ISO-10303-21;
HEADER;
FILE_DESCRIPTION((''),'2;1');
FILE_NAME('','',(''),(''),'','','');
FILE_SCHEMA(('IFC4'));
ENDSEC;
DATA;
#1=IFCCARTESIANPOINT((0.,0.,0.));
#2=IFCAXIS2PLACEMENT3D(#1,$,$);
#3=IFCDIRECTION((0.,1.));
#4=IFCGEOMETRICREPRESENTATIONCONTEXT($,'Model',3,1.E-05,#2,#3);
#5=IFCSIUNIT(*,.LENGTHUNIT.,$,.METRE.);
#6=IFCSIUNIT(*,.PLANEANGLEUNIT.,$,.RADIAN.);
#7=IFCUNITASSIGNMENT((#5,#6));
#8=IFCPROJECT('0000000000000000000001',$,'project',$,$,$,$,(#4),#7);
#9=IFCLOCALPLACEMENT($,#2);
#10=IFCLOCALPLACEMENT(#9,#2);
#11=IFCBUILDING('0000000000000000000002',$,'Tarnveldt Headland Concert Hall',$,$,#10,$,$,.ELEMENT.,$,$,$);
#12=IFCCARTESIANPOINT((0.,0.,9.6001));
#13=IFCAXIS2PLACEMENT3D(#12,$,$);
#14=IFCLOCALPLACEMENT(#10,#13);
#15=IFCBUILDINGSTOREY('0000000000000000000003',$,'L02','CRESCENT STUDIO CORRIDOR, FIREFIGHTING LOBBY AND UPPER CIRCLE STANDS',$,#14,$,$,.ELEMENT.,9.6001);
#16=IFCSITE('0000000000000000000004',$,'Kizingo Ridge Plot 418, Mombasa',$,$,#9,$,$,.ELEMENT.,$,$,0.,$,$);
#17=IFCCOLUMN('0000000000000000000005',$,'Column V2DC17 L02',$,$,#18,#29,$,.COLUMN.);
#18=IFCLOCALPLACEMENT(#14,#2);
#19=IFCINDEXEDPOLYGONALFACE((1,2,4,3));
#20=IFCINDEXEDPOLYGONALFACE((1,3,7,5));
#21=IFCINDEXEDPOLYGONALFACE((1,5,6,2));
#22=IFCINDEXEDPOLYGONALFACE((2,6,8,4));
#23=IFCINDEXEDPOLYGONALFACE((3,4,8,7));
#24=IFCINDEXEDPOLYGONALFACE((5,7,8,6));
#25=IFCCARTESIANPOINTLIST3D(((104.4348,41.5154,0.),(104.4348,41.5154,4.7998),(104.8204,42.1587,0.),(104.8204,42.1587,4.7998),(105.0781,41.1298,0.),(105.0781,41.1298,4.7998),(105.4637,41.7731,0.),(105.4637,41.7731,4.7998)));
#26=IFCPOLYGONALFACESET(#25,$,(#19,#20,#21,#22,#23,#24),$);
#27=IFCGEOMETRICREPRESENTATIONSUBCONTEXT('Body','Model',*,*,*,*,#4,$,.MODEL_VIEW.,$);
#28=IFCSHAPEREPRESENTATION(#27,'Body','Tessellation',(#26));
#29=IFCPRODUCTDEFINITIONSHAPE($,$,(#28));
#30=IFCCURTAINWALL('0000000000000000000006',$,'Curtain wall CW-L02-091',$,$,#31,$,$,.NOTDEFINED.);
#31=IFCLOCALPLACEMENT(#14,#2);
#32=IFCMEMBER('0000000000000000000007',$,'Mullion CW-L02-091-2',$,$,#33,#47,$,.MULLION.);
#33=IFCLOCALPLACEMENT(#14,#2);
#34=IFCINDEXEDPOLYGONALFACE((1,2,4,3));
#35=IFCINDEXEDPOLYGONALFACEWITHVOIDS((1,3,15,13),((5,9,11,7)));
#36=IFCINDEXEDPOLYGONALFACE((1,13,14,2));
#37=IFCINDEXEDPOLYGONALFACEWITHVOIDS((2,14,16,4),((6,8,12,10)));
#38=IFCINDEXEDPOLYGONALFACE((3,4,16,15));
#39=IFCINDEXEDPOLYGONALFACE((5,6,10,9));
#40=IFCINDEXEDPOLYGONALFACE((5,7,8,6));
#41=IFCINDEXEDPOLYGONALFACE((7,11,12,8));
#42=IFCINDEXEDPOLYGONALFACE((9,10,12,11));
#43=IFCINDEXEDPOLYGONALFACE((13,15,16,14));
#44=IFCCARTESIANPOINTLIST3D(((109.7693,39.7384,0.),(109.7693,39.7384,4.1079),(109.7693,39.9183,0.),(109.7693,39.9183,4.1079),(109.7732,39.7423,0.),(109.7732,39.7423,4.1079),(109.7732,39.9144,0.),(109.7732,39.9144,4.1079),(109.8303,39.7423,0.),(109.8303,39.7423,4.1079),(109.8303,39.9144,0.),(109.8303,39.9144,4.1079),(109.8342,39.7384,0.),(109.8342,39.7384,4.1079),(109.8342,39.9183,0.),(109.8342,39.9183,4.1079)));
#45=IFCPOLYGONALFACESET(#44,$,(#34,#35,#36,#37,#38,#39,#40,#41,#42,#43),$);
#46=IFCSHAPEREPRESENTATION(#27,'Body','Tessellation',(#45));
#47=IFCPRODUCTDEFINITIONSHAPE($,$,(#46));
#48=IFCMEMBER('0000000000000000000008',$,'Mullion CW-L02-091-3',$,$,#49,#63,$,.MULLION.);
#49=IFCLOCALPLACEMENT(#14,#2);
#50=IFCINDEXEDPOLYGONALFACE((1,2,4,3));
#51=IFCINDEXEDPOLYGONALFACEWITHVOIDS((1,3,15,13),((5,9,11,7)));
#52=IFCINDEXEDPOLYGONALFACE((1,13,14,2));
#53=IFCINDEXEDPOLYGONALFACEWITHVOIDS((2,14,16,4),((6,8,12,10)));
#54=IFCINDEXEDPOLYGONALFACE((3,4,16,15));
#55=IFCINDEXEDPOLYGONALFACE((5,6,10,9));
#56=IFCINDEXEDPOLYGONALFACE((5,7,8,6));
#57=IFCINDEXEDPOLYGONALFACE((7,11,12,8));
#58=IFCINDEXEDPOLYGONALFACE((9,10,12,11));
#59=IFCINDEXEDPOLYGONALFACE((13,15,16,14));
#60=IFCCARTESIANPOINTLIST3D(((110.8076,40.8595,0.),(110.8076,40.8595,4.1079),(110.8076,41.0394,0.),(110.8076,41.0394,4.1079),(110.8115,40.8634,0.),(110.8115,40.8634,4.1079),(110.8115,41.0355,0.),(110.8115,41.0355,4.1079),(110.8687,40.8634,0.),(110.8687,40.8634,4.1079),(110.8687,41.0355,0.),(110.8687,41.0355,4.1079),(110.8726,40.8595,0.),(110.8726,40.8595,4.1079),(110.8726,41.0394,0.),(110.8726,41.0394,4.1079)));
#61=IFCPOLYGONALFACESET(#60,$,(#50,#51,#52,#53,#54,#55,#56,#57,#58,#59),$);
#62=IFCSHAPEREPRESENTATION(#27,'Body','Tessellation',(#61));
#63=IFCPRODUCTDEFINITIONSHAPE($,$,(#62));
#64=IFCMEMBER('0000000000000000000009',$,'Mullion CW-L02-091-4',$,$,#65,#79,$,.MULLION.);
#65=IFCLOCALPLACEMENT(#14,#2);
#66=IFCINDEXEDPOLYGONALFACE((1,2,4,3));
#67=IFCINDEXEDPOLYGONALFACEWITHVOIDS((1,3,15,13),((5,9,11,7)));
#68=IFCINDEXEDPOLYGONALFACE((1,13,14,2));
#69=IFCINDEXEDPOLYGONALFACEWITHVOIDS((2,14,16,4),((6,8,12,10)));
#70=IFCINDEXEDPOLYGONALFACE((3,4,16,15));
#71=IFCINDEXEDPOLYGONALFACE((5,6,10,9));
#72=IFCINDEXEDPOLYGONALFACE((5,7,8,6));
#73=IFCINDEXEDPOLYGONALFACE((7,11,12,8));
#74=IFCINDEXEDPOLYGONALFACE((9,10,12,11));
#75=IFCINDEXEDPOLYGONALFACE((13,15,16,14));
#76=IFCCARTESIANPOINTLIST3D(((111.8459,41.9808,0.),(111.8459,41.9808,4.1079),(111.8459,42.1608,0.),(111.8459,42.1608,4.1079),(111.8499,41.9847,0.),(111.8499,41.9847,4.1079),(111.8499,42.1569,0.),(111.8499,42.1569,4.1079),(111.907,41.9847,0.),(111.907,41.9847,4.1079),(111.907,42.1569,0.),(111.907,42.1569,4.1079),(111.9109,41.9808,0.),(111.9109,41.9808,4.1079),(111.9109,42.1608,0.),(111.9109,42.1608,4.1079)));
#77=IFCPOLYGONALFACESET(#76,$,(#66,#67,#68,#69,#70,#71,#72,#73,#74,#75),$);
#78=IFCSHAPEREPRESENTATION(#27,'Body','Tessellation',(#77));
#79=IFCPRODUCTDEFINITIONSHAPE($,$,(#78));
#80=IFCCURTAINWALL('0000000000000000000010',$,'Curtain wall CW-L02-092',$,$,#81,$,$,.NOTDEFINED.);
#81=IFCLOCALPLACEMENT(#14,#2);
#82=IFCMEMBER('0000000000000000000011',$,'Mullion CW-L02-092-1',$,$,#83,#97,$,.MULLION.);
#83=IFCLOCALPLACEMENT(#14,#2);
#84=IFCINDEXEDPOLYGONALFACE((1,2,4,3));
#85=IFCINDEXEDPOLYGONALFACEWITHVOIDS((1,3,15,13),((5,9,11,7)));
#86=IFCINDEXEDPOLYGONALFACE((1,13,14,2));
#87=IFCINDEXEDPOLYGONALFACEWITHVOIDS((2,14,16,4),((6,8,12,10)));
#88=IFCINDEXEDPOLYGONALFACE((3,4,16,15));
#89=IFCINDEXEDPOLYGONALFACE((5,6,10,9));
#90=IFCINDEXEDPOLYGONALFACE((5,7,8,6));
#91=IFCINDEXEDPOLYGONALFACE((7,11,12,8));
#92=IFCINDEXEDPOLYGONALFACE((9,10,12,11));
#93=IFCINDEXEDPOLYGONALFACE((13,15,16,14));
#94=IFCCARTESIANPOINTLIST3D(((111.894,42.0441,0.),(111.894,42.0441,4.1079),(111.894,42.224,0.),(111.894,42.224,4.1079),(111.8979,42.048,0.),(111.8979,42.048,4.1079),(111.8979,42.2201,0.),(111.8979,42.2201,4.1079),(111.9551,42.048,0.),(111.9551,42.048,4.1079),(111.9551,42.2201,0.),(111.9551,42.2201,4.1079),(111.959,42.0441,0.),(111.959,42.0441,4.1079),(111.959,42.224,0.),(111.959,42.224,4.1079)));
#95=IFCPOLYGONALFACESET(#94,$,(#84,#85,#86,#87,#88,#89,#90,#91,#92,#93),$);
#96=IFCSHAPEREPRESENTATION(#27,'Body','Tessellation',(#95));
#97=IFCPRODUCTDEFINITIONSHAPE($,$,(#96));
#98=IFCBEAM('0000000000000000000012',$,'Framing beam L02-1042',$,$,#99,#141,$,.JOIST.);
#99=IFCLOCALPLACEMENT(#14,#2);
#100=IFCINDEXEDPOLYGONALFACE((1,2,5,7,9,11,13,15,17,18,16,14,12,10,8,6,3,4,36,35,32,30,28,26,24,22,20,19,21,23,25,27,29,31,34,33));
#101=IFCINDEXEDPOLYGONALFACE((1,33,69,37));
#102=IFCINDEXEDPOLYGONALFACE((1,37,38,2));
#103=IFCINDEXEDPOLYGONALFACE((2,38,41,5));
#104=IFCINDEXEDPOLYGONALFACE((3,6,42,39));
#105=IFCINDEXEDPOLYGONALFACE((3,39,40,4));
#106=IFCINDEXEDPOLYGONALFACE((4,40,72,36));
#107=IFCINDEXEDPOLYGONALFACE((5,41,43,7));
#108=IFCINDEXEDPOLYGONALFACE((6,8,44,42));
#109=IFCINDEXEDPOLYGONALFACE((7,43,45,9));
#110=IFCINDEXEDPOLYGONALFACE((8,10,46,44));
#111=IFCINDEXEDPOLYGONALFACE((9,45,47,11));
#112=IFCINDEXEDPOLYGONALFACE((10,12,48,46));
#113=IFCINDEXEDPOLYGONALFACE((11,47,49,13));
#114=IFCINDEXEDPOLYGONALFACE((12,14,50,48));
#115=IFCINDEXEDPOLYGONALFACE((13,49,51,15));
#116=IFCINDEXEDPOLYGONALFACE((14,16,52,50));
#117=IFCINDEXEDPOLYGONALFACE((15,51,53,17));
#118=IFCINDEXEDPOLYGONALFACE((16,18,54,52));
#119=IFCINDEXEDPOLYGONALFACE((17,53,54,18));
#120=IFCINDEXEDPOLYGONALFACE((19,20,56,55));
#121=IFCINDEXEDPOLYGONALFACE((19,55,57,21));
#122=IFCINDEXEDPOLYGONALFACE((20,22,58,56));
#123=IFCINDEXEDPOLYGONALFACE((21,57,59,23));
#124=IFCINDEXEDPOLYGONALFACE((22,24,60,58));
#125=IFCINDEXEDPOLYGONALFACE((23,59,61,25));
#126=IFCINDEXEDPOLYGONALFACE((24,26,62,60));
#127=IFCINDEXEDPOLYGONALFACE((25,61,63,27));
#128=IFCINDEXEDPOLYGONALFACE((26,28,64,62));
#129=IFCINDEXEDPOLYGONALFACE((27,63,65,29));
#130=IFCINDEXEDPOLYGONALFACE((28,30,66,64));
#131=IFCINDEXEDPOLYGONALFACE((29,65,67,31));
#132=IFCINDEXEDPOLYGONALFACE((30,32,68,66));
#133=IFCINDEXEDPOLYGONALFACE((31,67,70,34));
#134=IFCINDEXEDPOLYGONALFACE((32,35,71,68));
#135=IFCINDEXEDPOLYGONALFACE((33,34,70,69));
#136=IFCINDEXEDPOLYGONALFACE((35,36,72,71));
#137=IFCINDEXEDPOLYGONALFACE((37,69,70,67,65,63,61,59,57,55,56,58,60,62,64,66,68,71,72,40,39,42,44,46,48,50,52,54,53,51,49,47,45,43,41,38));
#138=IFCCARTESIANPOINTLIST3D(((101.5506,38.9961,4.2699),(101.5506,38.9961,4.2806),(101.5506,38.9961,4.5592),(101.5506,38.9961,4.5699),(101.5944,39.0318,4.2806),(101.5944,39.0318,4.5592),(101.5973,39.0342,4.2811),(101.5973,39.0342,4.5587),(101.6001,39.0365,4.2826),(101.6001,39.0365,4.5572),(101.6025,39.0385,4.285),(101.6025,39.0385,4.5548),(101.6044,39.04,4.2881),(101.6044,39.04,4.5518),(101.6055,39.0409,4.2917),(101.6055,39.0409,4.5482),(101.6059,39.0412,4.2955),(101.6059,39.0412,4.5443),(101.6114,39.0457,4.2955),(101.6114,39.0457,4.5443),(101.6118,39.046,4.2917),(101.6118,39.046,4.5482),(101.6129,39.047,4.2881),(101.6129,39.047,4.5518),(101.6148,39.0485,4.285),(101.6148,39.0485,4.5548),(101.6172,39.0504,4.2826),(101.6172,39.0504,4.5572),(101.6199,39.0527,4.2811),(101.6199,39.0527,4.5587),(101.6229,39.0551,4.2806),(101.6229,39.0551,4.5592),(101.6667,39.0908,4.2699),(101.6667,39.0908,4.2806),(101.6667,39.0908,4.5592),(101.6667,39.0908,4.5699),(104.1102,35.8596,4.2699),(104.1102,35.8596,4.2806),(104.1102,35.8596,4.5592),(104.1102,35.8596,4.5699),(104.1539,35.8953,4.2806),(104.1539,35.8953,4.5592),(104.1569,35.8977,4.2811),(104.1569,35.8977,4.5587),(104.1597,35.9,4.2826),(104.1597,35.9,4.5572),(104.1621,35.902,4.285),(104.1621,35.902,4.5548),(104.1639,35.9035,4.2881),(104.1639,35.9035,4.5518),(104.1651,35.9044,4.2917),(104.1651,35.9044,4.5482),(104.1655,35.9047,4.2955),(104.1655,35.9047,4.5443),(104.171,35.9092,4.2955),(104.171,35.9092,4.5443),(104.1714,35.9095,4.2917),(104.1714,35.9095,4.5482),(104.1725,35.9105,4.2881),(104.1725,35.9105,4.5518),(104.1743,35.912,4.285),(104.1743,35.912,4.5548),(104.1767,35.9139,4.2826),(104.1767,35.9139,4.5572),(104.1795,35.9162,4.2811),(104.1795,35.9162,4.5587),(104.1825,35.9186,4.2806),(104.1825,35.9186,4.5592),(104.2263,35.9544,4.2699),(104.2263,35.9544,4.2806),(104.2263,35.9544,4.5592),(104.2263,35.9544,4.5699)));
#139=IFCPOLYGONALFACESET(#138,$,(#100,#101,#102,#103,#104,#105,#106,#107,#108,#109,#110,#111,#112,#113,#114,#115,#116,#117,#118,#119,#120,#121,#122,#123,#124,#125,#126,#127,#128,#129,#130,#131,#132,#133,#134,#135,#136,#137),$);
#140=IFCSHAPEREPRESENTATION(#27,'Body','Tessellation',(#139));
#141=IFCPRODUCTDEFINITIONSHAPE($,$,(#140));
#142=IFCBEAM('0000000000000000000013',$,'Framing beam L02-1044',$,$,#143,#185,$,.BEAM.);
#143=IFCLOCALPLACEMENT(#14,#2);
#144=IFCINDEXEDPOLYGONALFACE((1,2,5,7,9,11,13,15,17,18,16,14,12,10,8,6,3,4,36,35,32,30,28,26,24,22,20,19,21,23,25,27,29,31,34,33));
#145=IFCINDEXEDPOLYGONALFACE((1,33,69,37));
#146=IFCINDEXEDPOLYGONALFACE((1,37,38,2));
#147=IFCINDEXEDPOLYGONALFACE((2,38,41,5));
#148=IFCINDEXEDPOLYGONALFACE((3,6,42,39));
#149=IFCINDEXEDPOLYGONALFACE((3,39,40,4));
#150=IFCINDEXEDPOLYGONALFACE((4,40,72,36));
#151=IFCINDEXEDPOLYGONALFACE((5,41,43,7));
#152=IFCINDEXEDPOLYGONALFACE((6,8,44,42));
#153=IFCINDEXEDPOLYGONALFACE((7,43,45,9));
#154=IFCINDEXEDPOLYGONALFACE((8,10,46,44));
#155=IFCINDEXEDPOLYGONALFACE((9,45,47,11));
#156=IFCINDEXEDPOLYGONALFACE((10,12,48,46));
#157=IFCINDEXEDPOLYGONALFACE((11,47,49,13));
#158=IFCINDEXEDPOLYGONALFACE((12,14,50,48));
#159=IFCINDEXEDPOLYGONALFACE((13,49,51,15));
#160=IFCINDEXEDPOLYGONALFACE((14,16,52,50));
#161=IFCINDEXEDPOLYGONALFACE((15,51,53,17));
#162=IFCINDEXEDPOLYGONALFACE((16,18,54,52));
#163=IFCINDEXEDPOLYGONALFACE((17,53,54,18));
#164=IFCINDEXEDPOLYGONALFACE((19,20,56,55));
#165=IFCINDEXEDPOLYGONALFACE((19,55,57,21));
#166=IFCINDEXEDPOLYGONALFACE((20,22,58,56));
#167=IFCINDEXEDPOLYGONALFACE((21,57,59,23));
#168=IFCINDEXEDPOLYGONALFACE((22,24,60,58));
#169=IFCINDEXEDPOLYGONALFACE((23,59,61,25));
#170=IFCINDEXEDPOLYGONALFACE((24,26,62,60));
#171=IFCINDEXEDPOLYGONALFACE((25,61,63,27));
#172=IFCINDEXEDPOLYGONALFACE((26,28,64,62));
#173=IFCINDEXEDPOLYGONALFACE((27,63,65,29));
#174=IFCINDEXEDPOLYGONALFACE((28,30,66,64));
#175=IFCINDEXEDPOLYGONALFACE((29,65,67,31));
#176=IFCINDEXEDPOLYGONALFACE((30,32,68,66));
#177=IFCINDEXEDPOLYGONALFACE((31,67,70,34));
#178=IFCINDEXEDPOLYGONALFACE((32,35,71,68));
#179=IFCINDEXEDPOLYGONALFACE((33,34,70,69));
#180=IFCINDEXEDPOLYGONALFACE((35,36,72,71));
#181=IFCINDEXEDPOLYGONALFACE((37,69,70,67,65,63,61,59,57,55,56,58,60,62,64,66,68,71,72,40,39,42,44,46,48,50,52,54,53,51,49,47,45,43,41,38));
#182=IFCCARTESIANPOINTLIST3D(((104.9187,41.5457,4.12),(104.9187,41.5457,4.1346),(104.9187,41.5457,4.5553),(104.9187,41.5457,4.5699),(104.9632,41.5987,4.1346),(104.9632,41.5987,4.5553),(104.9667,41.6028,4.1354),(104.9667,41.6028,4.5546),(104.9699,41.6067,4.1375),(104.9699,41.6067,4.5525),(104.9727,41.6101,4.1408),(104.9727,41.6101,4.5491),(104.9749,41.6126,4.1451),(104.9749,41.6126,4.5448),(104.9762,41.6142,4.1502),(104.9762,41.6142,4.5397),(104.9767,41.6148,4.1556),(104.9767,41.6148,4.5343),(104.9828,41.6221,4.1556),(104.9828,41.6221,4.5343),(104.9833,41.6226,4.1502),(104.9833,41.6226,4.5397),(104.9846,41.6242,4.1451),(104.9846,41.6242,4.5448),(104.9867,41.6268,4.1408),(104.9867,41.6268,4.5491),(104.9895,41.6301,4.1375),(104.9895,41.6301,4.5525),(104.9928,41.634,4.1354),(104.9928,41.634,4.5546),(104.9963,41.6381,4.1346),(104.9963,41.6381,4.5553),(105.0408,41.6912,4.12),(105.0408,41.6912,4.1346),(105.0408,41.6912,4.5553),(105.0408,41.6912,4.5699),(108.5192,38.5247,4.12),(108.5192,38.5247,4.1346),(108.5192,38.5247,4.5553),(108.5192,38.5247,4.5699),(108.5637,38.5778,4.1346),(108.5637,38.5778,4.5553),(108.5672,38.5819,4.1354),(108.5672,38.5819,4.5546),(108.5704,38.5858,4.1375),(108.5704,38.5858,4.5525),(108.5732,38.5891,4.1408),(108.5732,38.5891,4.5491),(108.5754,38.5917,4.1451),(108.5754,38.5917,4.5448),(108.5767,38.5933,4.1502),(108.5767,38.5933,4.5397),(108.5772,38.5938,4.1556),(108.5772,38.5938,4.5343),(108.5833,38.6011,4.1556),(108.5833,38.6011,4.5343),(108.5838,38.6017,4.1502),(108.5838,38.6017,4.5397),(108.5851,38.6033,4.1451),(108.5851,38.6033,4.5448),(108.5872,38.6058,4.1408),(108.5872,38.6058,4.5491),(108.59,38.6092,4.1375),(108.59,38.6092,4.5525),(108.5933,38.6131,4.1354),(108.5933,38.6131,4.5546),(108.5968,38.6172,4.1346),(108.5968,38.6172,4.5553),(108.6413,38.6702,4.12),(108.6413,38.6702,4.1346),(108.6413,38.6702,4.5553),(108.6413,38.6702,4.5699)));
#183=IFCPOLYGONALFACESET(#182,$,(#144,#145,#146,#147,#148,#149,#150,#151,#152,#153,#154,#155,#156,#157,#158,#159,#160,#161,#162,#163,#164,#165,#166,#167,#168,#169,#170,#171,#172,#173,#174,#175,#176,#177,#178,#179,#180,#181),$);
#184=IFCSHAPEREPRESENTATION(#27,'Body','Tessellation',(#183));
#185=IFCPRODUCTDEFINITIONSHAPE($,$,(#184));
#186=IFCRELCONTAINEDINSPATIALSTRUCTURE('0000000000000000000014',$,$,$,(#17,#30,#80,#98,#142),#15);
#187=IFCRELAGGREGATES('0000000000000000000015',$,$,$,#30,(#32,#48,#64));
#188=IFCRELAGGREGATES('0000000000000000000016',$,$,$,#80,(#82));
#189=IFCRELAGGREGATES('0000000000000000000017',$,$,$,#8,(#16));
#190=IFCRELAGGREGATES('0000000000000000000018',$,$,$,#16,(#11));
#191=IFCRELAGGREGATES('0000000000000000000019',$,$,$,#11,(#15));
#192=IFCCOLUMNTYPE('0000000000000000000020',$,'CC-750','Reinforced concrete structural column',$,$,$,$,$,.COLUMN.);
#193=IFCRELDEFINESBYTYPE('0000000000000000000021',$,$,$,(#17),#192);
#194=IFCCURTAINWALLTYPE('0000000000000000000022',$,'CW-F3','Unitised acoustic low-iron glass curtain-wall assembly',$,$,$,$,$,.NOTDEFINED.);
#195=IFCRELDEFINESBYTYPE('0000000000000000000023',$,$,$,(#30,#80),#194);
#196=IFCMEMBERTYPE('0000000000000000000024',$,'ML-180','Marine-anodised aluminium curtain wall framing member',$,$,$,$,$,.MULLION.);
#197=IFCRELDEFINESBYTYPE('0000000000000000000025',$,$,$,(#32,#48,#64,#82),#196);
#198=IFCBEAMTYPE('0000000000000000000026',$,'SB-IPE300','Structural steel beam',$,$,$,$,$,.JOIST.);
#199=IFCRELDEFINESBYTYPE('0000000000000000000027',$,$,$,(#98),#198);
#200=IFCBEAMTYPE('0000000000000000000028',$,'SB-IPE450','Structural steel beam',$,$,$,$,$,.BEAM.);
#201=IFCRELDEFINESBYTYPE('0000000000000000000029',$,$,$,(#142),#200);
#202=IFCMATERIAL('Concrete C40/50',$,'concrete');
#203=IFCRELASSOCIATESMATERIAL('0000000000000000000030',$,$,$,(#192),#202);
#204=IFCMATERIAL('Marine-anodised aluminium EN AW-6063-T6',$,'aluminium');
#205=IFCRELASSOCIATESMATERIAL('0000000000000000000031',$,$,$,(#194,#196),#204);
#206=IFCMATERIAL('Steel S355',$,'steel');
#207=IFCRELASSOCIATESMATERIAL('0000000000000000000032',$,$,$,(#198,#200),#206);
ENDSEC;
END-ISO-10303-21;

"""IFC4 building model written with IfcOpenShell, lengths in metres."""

from ifc_helpers import new_model, si_unit, direction, frame, origin, origin_2d, place, context, subcontext, project, spatial, rectangle, hollow_rectangle, i_section, extrude, material, material_profile, profile_set, type_object, element, aggregate, save


model = new_model("IFC4")

# Units and contexts
model_context = context("Model", 3, precision=1e-05, world=origin(), true_north=direction((0.0, 1.0)))
body_context = subcontext(model_context, "Body", "Model", "MODEL_VIEW")
ifc_project = project(units=[si_unit("LENGTHUNIT", "METRE"), si_unit("PLANEANGLEUNIT", "RADIAN")], contexts=[model_context])

# Site, building, storey
site_placement = place(None, origin())
site = spatial("IfcSite", under=ifc_project, at=site_placement, Name="Kizingo Ridge Plot 418, Mombasa", CompositionType="ELEMENT", RefElevation=0.0)
building_placement = place(site_placement, origin())
building = spatial("IfcBuilding", under=site, at=building_placement, Name="Tarnveldt Headland Concert Hall", CompositionType="ELEMENT")
storey_placement = place(building_placement, frame((0.0, 0.0, 9.6001)))
storey = spatial("IfcBuildingStorey", under=building, at=storey_placement, Name="L02", Description="CRESCENT STUDIO CORRIDOR, FIREFIGHTING LOBBY AND UPPER CIRCLE STANDS", CompositionType="ELEMENT", Elevation=9.6001)

# Column
ifc_material_1 = material(Name="Concrete C40/50", Category="concrete")
ifc_material_profile_1 = material_profile(ifc_material_1, rectangle(XDim=0.75, YDim=0.75, at=origin_2d()), Name="RC 750x750", Category="concrete")
ifc_profile_set_1 = profile_set([ifc_material_profile_1], Name="Concrete C40/50")
column_type = type_object("IfcColumnType", Name="CC-750", Description="Reinforced concrete structural column", PredefinedType="COLUMN", material=ifc_profile_set_1)
column_placement = place(storey_placement, frame((104.9492, 41.6443, 0.0), z_axis=(0.0, 0.0, 1.0), x_axis=(0.857706, -0.51414, 0.0)))
element("IfcColumn", 1, at=column_placement, inside=storey, type_object=column_type, Name="Column V2DC17 L02", PredefinedType="COLUMN", context=body_context, shape_type="SweptSolid", body=[
    extrude(rectangle(XDim=0.75, YDim=0.75, at=origin_2d()), origin(), (0.0, 0.0, 1.0), 4.7998),
])

# Curtain wall, members
ifc_material_2 = material(Name="Marine-anodised aluminium EN AW-6063-T6", Category="aluminium")
curtain_wall_type = type_object("IfcCurtainWallType", Name="CW-F3", Description="Unitised acoustic low-iron glass curtain-wall assembly", PredefinedType="NOTDEFINED", material=ifc_material_2)
curtain_wall_1_placement = place(storey_placement, origin())
curtain_wall_1 = element("IfcCurtainWall", 2, at=curtain_wall_1_placement, inside=storey, type_object=curtain_wall_type, Name="Curtain wall CW-L02-091", PredefinedType="NOTDEFINED")
ifc_material_profile_2 = material_profile(ifc_material_2, hollow_rectangle(XDim=0.0649, YDim=0.1799, WallThickness=0.0039, at=origin_2d()), Name="ALU MULLION 65x180x4", Category="aluminium")
ifc_profile_set_2 = profile_set([ifc_material_profile_2], Name="Marine-anodised aluminium EN AW-6063-T6")
member_type_1 = type_object("IfcMemberType", Name="ML-180", Description="Marine-anodised aluminium curtain wall framing member", PredefinedType="MULLION", material=ifc_profile_set_2)
member_1_placement = place(storey_placement, frame((109.8018, 39.8284, 0.0), z_axis=(0.0, 0.0, 1.0), x_axis=(1.0, 0.0, 0.0)))
member_1 = element("IfcMember", 3, at=member_1_placement, type_object=member_type_1, Name="Mullion CW-L02-091-2", PredefinedType="MULLION", context=body_context, shape_type="SweptSolid", body=[
    extrude(hollow_rectangle(XDim=0.0649, YDim=0.1799, WallThickness=0.0039, at=origin_2d()), origin(), (0.0, 0.0, 1.0), 4.1079),
])
member_2_placement = place(storey_placement, frame((110.8401, 40.9495, 0.0), z_axis=(0.0, 0.0, 1.0), x_axis=(1.0, 0.0, 0.0)))
member_2 = element("IfcMember", 4, at=member_2_placement, type_object=member_type_1, Name="Mullion CW-L02-091-3", PredefinedType="MULLION", context=body_context, shape_type="SweptSolid", body=[
    extrude(hollow_rectangle(XDim=0.0649, YDim=0.1799, WallThickness=0.0039, at=origin_2d()), origin(), (0.0, 0.0, 1.0), 4.1079),
])
member_3_placement = place(storey_placement, frame((111.8784, 42.0708, 0.0), z_axis=(0.0, 0.0, 1.0), x_axis=(1.0, 0.0, 0.0)))
member_3 = element("IfcMember", 5, at=member_3_placement, type_object=member_type_1, Name="Mullion CW-L02-091-4", PredefinedType="MULLION", context=body_context, shape_type="SweptSolid", body=[
    extrude(hollow_rectangle(XDim=0.0649, YDim=0.1799, WallThickness=0.0039, at=origin_2d()), origin(), (0.0, 0.0, 1.0), 4.1079),
])

# Curtain wall, member
curtain_wall_2_placement = place(storey_placement, origin())
curtain_wall_2 = element("IfcCurtainWall", 6, at=curtain_wall_2_placement, inside=storey, type_object=curtain_wall_type, Name="Curtain wall CW-L02-092", PredefinedType="NOTDEFINED")
member_4_placement = place(storey_placement, frame((111.9265, 42.134, 0.0), z_axis=(0.0, 0.0, 1.0), x_axis=(1.0, 0.0, 0.0)))
member_4 = element("IfcMember", 7, at=member_4_placement, type_object=member_type_1, Name="Mullion CW-L02-092-1", PredefinedType="MULLION", context=body_context, shape_type="SweptSolid", body=[
    extrude(hollow_rectangle(XDim=0.0649, YDim=0.1799, WallThickness=0.0039, at=origin_2d()), origin(), (0.0, 0.0, 1.0), 4.1079),
])

# Beams
ifc_material_3 = material(Name="Steel S355", Category="steel")
ifc_material_profile_3 = material_profile(ifc_material_3, i_section(OverallWidth=0.1499, OverallDepth=0.3, WebThickness=0.0071, FlangeThickness=0.0107, FilletRadius=0.0149, at=origin_2d()), Name="IPE300", Category="steel")
ifc_profile_set_3 = profile_set([ifc_material_profile_3], Name="Steel S355")
beam_type_1 = type_object("IfcBeamType", Name="SB-IPE300", Description="Structural steel beam", PredefinedType="JOIST", material=ifc_profile_set_3)
beam_1_placement = place(storey_placement, frame((101.6086, 39.0435, 4.4199), z_axis=(0.632255, -0.77476, 0.0), x_axis=(0.77476, 0.632255, 0.0)))
element("IfcBeam", 8, at=beam_1_placement, inside=storey, type_object=beam_type_1, Name="Framing beam L02-1042", PredefinedType="JOIST", context=body_context, shape_type="SweptSolid", body=[
    extrude(i_section(OverallWidth=0.1499, OverallDepth=0.3, WebThickness=0.0071, FlangeThickness=0.0107, FilletRadius=0.0149, at=origin_2d()), origin(), (0.0, 0.0, 1.0), 4.0483),
])
ifc_material_profile_4 = material_profile(ifc_material_3, i_section(OverallWidth=0.1899, OverallDepth=0.45, WebThickness=0.0095, FlangeThickness=0.0146, FilletRadius=0.021, at=origin_2d()), Name="IPE450", Category="steel")
ifc_profile_set_4 = profile_set([ifc_material_profile_4], Name="Steel S355")
beam_type_2 = type_object("IfcBeamType", Name="SB-IPE450", Description="Structural steel beam", PredefinedType="BEAM", material=ifc_profile_set_4)
beam_2_placement = place(storey_placement, frame((104.9797, 41.6184, 4.345), z_axis=(0.766071, -0.642756, 0.0), x_axis=(0.642756, 0.766071, 0.0)))
element("IfcBeam", 9, at=beam_2_placement, inside=storey, type_object=beam_type_2, Name="Framing beam L02-1044", PredefinedType="BEAM", context=body_context, shape_type="SweptSolid", body=[
    extrude(i_section(OverallWidth=0.1899, OverallDepth=0.45, WebThickness=0.0095, FlangeThickness=0.0146, FilletRadius=0.021, at=origin_2d()), origin(), (0.0, 0.0, 1.0), 4.7),
])

aggregate(curtain_wall_1, [member_1, member_2, member_3])
aggregate(curtain_wall_2, [member_4])

save(model, "model.ifc")
